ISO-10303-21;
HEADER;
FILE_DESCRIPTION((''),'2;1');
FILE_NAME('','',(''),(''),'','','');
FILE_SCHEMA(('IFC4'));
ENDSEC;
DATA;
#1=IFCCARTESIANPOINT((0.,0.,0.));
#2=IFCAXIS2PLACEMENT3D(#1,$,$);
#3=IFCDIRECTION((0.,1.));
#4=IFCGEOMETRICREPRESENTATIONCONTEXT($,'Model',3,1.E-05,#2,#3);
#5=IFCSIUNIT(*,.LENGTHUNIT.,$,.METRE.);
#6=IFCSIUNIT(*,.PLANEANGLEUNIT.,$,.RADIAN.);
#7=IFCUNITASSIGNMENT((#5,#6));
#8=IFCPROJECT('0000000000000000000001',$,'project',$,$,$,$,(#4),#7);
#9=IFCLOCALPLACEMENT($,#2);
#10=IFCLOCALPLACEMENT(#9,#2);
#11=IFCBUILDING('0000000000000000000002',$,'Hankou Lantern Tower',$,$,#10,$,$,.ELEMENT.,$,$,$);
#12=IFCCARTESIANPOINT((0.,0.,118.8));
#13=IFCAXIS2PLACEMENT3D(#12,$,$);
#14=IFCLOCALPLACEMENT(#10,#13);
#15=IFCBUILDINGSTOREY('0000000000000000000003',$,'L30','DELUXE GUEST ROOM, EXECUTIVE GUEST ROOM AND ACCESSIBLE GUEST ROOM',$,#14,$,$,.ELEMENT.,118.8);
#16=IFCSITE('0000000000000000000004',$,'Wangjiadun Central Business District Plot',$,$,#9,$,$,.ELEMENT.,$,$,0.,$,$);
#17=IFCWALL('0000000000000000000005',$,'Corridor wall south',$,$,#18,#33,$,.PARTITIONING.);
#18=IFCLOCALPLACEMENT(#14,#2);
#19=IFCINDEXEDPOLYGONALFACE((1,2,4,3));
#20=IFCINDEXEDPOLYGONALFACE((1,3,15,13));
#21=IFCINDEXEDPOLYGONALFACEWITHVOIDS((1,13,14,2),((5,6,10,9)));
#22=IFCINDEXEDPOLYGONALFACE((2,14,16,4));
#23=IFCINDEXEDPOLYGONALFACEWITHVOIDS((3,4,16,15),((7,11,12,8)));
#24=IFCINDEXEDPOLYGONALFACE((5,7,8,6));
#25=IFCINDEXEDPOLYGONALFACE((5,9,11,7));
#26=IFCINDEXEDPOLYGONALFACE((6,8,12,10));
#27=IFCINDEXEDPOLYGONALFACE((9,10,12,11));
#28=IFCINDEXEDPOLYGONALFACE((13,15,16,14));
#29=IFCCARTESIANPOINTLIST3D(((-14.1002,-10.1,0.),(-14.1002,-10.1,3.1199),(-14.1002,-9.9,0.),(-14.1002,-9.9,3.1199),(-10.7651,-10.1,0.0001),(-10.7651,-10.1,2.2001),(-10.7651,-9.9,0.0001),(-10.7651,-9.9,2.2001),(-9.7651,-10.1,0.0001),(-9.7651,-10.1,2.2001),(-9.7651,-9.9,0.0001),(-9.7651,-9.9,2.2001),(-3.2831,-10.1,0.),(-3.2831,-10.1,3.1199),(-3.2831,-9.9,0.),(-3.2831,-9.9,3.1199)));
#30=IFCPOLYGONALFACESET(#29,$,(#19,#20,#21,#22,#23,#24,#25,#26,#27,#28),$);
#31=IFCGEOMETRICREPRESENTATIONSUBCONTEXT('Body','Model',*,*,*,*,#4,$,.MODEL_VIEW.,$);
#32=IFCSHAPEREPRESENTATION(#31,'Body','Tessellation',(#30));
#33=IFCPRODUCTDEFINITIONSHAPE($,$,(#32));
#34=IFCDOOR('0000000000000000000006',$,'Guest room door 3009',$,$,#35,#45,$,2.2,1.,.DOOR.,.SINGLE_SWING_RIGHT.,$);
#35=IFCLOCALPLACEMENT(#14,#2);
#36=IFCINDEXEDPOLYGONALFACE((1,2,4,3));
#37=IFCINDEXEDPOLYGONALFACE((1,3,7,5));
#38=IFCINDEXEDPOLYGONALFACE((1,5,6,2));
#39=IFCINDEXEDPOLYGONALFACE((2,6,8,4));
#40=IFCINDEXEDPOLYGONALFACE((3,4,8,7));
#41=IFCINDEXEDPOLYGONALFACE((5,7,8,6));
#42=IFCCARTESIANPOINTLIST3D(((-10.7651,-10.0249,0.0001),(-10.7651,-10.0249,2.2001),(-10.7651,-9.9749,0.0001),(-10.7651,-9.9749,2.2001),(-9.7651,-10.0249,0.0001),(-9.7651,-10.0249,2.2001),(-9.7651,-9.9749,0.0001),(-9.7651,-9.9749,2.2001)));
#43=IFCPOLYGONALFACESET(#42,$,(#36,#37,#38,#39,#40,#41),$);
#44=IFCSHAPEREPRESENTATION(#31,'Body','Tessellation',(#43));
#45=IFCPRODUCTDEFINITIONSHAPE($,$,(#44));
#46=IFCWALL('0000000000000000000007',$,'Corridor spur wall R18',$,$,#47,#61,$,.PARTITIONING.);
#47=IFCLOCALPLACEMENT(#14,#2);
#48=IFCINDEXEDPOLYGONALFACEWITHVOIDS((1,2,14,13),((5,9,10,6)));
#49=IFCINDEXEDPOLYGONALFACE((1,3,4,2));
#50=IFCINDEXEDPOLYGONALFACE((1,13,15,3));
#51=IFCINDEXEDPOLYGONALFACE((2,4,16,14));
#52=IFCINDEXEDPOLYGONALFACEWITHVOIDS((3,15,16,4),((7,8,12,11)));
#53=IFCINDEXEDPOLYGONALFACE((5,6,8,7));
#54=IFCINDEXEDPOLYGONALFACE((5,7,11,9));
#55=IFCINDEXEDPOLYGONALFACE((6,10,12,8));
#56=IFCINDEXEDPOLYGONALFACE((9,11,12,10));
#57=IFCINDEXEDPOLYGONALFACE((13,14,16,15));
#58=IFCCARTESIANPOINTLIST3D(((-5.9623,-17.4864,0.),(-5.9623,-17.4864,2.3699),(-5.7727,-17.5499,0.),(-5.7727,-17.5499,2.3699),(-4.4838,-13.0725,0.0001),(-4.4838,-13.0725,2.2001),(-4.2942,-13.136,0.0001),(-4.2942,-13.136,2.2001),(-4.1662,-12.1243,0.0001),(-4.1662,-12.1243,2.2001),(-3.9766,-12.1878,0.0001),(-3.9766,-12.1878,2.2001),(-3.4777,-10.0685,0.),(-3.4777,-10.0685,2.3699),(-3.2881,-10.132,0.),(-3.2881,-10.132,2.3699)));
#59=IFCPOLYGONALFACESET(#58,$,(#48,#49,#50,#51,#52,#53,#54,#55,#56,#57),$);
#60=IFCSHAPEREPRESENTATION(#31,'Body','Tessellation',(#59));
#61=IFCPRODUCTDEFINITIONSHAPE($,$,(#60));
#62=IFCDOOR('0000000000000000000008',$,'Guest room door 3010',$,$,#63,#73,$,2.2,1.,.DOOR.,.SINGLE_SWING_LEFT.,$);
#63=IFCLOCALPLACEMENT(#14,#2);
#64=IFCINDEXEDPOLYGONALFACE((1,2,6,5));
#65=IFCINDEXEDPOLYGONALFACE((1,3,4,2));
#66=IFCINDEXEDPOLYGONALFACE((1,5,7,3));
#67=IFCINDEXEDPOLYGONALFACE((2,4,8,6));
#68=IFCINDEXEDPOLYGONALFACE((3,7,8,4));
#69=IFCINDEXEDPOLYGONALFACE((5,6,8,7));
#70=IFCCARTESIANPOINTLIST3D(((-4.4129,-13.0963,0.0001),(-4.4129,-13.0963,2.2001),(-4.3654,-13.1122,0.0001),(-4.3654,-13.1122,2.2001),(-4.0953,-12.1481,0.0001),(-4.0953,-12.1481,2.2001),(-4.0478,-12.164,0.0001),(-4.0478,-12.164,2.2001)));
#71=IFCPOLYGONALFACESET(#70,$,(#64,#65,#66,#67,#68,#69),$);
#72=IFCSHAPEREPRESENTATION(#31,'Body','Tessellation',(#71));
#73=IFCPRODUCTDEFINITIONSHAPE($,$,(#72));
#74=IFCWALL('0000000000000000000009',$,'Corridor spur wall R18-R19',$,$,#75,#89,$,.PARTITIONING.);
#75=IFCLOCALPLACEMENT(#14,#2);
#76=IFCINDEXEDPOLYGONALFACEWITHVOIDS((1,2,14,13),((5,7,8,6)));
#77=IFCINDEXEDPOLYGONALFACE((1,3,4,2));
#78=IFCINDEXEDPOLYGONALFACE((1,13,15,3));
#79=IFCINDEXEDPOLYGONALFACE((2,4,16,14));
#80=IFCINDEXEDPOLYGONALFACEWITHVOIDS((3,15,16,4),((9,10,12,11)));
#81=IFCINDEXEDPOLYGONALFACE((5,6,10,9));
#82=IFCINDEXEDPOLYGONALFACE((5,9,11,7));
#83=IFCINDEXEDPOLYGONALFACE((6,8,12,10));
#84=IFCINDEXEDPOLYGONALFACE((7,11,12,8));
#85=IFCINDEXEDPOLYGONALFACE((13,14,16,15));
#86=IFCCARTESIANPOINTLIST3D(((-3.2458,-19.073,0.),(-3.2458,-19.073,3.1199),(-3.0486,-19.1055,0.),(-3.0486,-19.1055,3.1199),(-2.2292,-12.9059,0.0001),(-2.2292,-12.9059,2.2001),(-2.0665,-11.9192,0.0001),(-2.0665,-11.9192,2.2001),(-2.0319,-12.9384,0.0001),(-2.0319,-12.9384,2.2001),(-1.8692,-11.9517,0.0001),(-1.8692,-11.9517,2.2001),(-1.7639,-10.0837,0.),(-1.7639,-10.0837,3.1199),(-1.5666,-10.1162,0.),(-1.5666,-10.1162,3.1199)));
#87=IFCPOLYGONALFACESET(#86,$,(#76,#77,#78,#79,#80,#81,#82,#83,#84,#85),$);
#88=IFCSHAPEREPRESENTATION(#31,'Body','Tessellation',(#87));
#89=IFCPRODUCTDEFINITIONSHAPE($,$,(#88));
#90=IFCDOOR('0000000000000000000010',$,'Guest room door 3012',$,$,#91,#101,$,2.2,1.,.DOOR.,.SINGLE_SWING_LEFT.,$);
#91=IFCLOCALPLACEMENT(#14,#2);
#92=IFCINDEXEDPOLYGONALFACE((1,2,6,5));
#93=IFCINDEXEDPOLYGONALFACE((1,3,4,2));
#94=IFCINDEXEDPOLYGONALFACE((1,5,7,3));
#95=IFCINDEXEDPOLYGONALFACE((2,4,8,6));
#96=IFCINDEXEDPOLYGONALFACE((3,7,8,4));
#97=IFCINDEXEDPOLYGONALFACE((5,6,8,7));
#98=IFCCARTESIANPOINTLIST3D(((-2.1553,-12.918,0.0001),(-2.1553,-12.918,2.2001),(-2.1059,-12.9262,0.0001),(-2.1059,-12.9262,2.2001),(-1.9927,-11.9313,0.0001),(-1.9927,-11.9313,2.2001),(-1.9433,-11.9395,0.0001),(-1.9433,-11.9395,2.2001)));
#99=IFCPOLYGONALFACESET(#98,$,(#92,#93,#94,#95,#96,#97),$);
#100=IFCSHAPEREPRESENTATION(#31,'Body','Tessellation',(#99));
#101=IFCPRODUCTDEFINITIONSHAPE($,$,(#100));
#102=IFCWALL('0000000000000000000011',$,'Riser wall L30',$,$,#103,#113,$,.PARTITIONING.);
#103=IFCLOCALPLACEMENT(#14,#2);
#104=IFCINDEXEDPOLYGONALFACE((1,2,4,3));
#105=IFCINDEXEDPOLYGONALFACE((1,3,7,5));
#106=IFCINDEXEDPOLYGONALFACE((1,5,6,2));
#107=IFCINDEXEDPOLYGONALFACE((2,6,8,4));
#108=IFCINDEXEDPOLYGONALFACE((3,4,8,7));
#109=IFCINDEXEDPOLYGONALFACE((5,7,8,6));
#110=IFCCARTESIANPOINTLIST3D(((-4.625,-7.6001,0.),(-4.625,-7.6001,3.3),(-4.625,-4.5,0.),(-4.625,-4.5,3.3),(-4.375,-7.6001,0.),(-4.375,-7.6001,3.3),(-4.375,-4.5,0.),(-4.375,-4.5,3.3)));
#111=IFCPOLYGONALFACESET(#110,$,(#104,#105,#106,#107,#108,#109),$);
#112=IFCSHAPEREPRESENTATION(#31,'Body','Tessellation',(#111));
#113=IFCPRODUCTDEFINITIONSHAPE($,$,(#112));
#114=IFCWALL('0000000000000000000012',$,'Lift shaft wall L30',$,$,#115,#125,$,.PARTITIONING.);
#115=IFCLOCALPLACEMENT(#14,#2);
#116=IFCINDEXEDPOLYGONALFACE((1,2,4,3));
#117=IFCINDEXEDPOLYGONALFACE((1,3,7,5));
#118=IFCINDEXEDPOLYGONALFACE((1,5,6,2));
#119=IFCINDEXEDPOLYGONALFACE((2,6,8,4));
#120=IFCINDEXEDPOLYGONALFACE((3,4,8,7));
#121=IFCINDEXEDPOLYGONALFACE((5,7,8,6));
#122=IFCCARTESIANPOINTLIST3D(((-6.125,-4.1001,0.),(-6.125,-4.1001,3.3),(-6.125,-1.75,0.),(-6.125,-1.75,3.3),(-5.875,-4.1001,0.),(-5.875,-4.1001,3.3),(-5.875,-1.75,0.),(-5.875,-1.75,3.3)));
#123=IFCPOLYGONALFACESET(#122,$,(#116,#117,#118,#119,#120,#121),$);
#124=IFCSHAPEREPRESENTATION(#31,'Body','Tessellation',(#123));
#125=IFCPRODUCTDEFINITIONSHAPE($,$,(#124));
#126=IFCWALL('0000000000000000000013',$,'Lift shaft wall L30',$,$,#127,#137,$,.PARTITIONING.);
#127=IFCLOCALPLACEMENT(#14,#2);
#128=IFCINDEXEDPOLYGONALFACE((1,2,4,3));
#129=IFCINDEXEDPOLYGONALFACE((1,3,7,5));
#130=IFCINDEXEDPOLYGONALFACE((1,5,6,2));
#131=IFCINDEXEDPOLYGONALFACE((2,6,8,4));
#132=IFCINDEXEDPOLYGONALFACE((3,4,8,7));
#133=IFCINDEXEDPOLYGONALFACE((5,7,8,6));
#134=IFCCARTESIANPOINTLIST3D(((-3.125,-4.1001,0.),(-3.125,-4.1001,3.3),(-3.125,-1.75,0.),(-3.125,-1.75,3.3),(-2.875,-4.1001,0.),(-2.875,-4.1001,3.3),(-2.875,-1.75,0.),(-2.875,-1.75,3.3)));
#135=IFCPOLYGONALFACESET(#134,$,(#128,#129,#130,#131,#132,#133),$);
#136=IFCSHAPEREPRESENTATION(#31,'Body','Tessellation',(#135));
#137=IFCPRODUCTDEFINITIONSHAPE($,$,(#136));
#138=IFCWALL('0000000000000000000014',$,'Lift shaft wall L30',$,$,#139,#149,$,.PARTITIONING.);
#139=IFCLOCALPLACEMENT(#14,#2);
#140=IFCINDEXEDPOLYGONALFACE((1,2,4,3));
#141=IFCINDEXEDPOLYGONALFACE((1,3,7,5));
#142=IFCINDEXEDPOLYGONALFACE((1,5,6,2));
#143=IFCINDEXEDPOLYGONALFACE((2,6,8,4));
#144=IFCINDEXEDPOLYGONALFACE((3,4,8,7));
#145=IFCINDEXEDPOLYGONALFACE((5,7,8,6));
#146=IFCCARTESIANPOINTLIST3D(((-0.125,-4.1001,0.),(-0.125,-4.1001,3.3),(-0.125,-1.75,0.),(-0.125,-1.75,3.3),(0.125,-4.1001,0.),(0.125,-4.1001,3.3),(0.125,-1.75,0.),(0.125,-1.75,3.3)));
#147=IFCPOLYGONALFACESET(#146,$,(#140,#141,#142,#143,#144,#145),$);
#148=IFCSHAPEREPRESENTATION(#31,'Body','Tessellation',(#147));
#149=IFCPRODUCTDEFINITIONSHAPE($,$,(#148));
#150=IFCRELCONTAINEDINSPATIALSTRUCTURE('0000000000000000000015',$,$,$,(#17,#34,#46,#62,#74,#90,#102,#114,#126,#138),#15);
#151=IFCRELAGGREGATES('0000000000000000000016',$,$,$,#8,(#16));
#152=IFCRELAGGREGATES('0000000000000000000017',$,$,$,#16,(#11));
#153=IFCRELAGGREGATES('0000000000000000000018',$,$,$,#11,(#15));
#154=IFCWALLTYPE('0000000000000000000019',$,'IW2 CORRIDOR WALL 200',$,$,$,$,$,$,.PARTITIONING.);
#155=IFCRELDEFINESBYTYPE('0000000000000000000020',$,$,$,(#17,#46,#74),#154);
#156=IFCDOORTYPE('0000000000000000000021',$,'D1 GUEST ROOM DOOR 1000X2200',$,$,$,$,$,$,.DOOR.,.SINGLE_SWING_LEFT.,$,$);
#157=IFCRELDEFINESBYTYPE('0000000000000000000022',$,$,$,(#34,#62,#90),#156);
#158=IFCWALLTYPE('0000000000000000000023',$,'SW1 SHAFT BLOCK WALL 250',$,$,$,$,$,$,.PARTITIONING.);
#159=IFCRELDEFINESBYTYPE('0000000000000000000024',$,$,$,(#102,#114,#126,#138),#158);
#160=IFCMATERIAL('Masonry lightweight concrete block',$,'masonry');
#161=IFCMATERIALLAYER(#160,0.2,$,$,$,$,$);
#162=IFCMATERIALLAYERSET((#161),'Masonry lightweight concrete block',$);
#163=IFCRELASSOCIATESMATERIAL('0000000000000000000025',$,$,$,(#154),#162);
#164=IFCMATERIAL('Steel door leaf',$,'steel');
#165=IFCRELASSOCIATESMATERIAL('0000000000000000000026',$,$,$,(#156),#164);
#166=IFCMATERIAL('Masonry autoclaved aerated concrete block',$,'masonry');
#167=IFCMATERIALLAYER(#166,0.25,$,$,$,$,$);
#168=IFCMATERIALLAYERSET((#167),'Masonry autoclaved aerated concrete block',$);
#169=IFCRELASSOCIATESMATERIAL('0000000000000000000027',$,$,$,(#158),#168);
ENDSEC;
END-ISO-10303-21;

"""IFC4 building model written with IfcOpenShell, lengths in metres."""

from ifc_helpers import new_model, si_unit, direction, frame, frame_2d, origin, place, context, subcontext, project, spatial, rectangle, extrude, material, layer, layer_set, type_object, element, fill, save


model = new_model("IFC4")

# Units and contexts
model_context = context("Model", 3, precision=1e-05, world=origin(), true_north=direction((0.0, 1.0)))
body_context = subcontext(model_context, "Body", "Model", "MODEL_VIEW")
ifc_project = project(units=[si_unit("LENGTHUNIT", "METRE"), si_unit("PLANEANGLEUNIT", "RADIAN")], contexts=[model_context])

# Site, building, storey
site_placement = place(None, origin())
site = spatial("IfcSite", under=ifc_project, at=site_placement, Name="Wangjiadun Central Business District Plot", CompositionType="ELEMENT", RefElevation=0.0)
building_placement = place(site_placement, origin())
building = spatial("IfcBuilding", under=site, at=building_placement, Name="Hankou Lantern Tower", CompositionType="ELEMENT")
storey_placement = place(building_placement, frame((0.0, 0.0, 118.8)))
storey = spatial("IfcBuildingStorey", under=building, at=storey_placement, Name="L30", Description="DELUXE GUEST ROOM, EXECUTIVE GUEST ROOM AND ACCESSIBLE GUEST ROOM", CompositionType="ELEMENT", Elevation=118.8)

# Walls, openings, doors
ifc_material_1 = material(Name="Masonry lightweight concrete block", Category="masonry")
ifc_layer_1 = layer(ifc_material_1, 0.2)
ifc_layer_set_1 = layer_set([ifc_layer_1], Name="Masonry lightweight concrete block")
wall_type_1 = type_object("IfcWallType", Name="IW2 CORRIDOR WALL 200", PredefinedType="PARTITIONING", material=ifc_layer_set_1)
wall_1_placement = place(storey_placement, frame((-3.283, -10.0, 0.0), z_axis=(0.0, 0.0, 1.0), x_axis=(-1.0, 0.0, 0.0)))
wall_1 = element("IfcWall", 1, at=wall_1_placement, inside=storey, type_object=wall_type_1, Name="Corridor wall south", PredefinedType="PARTITIONING", context=body_context, shape_type="SweptSolid", body=[
    extrude(rectangle(XDim=10.8171, YDim=0.2, at=frame_2d((5.4087, 0.0))), origin(), (0.0, 0.0, 1.0), 3.1199),
])
opening_1_placement = place(wall_1_placement, frame((6.4822, 0.0, 0.0)))
opening_1 = element("IfcOpeningElement", 2, at=opening_1_placement, cuts=wall_1, PredefinedType="OPENING", context=body_context, shape_type="SweptSolid", body=[
    extrude(rectangle(XDim=1.0, YDim=2.2, at=frame_2d((0.5, 1.1001))), frame((0.0, 0.1099, 0.0), z_axis=(0.0, -1.0, 0.0), x_axis=(1.0, 0.0, 0.0)), (0.0, 0.0, 1.0), 0.22),
])
ifc_material_2 = material(Name="Steel door leaf", Category="steel")
door_type_1 = type_object("IfcDoorType", Name="D1 GUEST ROOM DOOR 1000X2200", OperationType="SINGLE_SWING_LEFT", PredefinedType="DOOR", material=ifc_material_2)
door_1_placement = place(opening_1_placement, origin())
door_1 = element("IfcDoor", 3, at=door_1_placement, inside=storey, type_object=door_type_1, Name="Guest room door 3009", OperationType="SINGLE_SWING_RIGHT", OverallHeight=2.2, OverallWidth=1.0, PredefinedType="DOOR", context=body_context, shape_type="SweptSolid", body=[
    extrude(rectangle(XDim=1.0, YDim=2.2, at=frame_2d((0.5, 1.1001))), frame((0.0, 0.0249, 0.0), z_axis=(0.0, -1.0, 0.0), x_axis=(1.0, 0.0, 0.0)), (0.0, 0.0, 1.0), 0.05),
])
fill(opening_1, door_1)
wall_2_placement = place(storey_placement, frame((-3.3828, -10.1001, 0.0), z_axis=(0.0, 0.0, 1.0), x_axis=(-0.317604, -0.948224, 0.0)))
wall_2 = element("IfcWall", 4, at=wall_2_placement, inside=storey, type_object=wall_type_1, Name="Corridor spur wall R18", PredefinedType="PARTITIONING", context=body_context, shape_type="SweptSolid", body=[
    extrude(rectangle(XDim=7.823, YDim=0.2, at=frame_2d((3.9116, 0.0))), origin(), (0.0, 0.0, 1.0), 2.3699),
])
opening_2_placement = place(wall_2_placement, frame((2.1682, 0.0, 0.0)))
opening_2 = element("IfcOpeningElement", 5, at=opening_2_placement, cuts=wall_2, PredefinedType="OPENING", context=body_context, shape_type="SweptSolid", body=[
    extrude(rectangle(XDim=1.0, YDim=2.2, at=frame_2d((0.5, 1.1001))), frame((0.0, 0.1099, 0.0), z_axis=(0.0, -1.0, 0.0), x_axis=(1.0, 0.0, 0.0)), (0.0, 0.0, 1.0), 0.22),
])
door_2_placement = place(opening_2_placement, origin())
door_2 = element("IfcDoor", 6, at=door_2_placement, inside=storey, type_object=door_type_1, Name="Guest room door 3010", OperationType="SINGLE_SWING_LEFT", OverallHeight=2.2, OverallWidth=1.0, PredefinedType="DOOR", context=body_context, shape_type="SweptSolid", body=[
    extrude(rectangle(XDim=1.0, YDim=2.2, at=frame_2d((0.5, 1.1001))), frame((0.0, 0.0249, 0.0), z_axis=(0.0, -1.0, 0.0), x_axis=(1.0, 0.0, 0.0)), (0.0, 0.0, 1.0), 0.05),
])
fill(opening_2, door_2)
wall_3_placement = place(storey_placement, frame((-1.6653, -10.1001, 0.0), z_axis=(0.0, 0.0, 1.0), x_axis=(-0.162661, -0.986682, 0.0)))
wall_3 = element("IfcWall", 7, at=wall_3_placement, inside=storey, type_object=wall_type_1, Name="Corridor spur wall R18-R19", PredefinedType="PARTITIONING", context=body_context, shape_type="SweptSolid", body=[
    extrude(rectangle(XDim=9.1106, YDim=0.2, at=frame_2d((4.5552, 0.0))), origin(), (0.0, 0.0, 1.0), 3.1199),
])
opening_3_placement = place(wall_3_placement, frame((1.8601, 0.0, 0.0)))
opening_3 = element("IfcOpeningElement", 8, at=opening_3_placement, cuts=wall_3, PredefinedType="OPENING", context=body_context, shape_type="SweptSolid", body=[
    extrude(rectangle(XDim=1.0, YDim=2.2, at=frame_2d((0.5, 1.1001))), frame((0.0, 0.1099, 0.0), z_axis=(0.0, -1.0, 0.0), x_axis=(1.0, 0.0, 0.0)), (0.0, 0.0, 1.0), 0.22),
])
door_3_placement = place(opening_3_placement, origin())
door_3 = element("IfcDoor", 9, at=door_3_placement, inside=storey, type_object=door_type_1, Name="Guest room door 3012", OperationType="SINGLE_SWING_LEFT", OverallHeight=2.2, OverallWidth=1.0, PredefinedType="DOOR", context=body_context, shape_type="SweptSolid", body=[
    extrude(rectangle(XDim=1.0, YDim=2.2, at=frame_2d((0.5, 1.1001))), frame((0.0, 0.0249, 0.0), z_axis=(0.0, -1.0, 0.0), x_axis=(1.0, 0.0, 0.0)), (0.0, 0.0, 1.0), 0.05),
])
fill(opening_3, door_3)

# Walls
ifc_material_3 = material(Name="Masonry autoclaved aerated concrete block", Category="masonry")
ifc_layer_2 = layer(ifc_material_3, 0.25)
ifc_layer_set_2 = layer_set([ifc_layer_2], Name="Masonry autoclaved aerated concrete block")
wall_type_2 = type_object("IfcWallType", Name="SW1 SHAFT BLOCK WALL 250", PredefinedType="PARTITIONING", material=ifc_layer_set_2)
wall_4_placement = place(storey_placement, frame((-4.5, -7.6001, 0.0), z_axis=(0.0, 0.0, 1.0), x_axis=(0.0, 1.0, 0.0)))
element("IfcWall", 10, at=wall_4_placement, inside=storey, type_object=wall_type_2, Name="Riser wall L30", PredefinedType="PARTITIONING", context=body_context, shape_type="SweptSolid", body=[
    extrude(rectangle(XDim=3.1001, YDim=0.25, at=frame_2d((1.55, 0.0))), origin(), (0.0, 0.0, 1.0), 3.3),
])
for number, where, z_axis, x_axis, name in (
    (11, (-6.0, -4.1001, 0.0), (0.0, 0.0, 1.0), (0.0, 1.0, 0.0), "Lift shaft wall L30"),
    (12, (-3.0, -4.1001, 0.0), (0.0, 0.0, 1.0), (0.0, 1.0, 0.0), "Lift shaft wall L30"),
    (13, (0.0, -4.1001, 0.0), (0.0, 0.0, 1.0), (0.0, 1.0, 0.0), "Lift shaft wall L30"),
):
    element("IfcWall", number, at=place(storey_placement, frame(where, z_axis=z_axis, x_axis=x_axis)), inside=storey, type_object=wall_type_2, Name=name, PredefinedType="PARTITIONING", context=body_context, shape_type="SweptSolid", body=[
        extrude(rectangle(XDim=2.3501, YDim=0.25, at=frame_2d((1.175, 0.0))), origin(), (0.0, 0.0, 1.0), 3.3),
    ])

save(model, "model.ifc")
